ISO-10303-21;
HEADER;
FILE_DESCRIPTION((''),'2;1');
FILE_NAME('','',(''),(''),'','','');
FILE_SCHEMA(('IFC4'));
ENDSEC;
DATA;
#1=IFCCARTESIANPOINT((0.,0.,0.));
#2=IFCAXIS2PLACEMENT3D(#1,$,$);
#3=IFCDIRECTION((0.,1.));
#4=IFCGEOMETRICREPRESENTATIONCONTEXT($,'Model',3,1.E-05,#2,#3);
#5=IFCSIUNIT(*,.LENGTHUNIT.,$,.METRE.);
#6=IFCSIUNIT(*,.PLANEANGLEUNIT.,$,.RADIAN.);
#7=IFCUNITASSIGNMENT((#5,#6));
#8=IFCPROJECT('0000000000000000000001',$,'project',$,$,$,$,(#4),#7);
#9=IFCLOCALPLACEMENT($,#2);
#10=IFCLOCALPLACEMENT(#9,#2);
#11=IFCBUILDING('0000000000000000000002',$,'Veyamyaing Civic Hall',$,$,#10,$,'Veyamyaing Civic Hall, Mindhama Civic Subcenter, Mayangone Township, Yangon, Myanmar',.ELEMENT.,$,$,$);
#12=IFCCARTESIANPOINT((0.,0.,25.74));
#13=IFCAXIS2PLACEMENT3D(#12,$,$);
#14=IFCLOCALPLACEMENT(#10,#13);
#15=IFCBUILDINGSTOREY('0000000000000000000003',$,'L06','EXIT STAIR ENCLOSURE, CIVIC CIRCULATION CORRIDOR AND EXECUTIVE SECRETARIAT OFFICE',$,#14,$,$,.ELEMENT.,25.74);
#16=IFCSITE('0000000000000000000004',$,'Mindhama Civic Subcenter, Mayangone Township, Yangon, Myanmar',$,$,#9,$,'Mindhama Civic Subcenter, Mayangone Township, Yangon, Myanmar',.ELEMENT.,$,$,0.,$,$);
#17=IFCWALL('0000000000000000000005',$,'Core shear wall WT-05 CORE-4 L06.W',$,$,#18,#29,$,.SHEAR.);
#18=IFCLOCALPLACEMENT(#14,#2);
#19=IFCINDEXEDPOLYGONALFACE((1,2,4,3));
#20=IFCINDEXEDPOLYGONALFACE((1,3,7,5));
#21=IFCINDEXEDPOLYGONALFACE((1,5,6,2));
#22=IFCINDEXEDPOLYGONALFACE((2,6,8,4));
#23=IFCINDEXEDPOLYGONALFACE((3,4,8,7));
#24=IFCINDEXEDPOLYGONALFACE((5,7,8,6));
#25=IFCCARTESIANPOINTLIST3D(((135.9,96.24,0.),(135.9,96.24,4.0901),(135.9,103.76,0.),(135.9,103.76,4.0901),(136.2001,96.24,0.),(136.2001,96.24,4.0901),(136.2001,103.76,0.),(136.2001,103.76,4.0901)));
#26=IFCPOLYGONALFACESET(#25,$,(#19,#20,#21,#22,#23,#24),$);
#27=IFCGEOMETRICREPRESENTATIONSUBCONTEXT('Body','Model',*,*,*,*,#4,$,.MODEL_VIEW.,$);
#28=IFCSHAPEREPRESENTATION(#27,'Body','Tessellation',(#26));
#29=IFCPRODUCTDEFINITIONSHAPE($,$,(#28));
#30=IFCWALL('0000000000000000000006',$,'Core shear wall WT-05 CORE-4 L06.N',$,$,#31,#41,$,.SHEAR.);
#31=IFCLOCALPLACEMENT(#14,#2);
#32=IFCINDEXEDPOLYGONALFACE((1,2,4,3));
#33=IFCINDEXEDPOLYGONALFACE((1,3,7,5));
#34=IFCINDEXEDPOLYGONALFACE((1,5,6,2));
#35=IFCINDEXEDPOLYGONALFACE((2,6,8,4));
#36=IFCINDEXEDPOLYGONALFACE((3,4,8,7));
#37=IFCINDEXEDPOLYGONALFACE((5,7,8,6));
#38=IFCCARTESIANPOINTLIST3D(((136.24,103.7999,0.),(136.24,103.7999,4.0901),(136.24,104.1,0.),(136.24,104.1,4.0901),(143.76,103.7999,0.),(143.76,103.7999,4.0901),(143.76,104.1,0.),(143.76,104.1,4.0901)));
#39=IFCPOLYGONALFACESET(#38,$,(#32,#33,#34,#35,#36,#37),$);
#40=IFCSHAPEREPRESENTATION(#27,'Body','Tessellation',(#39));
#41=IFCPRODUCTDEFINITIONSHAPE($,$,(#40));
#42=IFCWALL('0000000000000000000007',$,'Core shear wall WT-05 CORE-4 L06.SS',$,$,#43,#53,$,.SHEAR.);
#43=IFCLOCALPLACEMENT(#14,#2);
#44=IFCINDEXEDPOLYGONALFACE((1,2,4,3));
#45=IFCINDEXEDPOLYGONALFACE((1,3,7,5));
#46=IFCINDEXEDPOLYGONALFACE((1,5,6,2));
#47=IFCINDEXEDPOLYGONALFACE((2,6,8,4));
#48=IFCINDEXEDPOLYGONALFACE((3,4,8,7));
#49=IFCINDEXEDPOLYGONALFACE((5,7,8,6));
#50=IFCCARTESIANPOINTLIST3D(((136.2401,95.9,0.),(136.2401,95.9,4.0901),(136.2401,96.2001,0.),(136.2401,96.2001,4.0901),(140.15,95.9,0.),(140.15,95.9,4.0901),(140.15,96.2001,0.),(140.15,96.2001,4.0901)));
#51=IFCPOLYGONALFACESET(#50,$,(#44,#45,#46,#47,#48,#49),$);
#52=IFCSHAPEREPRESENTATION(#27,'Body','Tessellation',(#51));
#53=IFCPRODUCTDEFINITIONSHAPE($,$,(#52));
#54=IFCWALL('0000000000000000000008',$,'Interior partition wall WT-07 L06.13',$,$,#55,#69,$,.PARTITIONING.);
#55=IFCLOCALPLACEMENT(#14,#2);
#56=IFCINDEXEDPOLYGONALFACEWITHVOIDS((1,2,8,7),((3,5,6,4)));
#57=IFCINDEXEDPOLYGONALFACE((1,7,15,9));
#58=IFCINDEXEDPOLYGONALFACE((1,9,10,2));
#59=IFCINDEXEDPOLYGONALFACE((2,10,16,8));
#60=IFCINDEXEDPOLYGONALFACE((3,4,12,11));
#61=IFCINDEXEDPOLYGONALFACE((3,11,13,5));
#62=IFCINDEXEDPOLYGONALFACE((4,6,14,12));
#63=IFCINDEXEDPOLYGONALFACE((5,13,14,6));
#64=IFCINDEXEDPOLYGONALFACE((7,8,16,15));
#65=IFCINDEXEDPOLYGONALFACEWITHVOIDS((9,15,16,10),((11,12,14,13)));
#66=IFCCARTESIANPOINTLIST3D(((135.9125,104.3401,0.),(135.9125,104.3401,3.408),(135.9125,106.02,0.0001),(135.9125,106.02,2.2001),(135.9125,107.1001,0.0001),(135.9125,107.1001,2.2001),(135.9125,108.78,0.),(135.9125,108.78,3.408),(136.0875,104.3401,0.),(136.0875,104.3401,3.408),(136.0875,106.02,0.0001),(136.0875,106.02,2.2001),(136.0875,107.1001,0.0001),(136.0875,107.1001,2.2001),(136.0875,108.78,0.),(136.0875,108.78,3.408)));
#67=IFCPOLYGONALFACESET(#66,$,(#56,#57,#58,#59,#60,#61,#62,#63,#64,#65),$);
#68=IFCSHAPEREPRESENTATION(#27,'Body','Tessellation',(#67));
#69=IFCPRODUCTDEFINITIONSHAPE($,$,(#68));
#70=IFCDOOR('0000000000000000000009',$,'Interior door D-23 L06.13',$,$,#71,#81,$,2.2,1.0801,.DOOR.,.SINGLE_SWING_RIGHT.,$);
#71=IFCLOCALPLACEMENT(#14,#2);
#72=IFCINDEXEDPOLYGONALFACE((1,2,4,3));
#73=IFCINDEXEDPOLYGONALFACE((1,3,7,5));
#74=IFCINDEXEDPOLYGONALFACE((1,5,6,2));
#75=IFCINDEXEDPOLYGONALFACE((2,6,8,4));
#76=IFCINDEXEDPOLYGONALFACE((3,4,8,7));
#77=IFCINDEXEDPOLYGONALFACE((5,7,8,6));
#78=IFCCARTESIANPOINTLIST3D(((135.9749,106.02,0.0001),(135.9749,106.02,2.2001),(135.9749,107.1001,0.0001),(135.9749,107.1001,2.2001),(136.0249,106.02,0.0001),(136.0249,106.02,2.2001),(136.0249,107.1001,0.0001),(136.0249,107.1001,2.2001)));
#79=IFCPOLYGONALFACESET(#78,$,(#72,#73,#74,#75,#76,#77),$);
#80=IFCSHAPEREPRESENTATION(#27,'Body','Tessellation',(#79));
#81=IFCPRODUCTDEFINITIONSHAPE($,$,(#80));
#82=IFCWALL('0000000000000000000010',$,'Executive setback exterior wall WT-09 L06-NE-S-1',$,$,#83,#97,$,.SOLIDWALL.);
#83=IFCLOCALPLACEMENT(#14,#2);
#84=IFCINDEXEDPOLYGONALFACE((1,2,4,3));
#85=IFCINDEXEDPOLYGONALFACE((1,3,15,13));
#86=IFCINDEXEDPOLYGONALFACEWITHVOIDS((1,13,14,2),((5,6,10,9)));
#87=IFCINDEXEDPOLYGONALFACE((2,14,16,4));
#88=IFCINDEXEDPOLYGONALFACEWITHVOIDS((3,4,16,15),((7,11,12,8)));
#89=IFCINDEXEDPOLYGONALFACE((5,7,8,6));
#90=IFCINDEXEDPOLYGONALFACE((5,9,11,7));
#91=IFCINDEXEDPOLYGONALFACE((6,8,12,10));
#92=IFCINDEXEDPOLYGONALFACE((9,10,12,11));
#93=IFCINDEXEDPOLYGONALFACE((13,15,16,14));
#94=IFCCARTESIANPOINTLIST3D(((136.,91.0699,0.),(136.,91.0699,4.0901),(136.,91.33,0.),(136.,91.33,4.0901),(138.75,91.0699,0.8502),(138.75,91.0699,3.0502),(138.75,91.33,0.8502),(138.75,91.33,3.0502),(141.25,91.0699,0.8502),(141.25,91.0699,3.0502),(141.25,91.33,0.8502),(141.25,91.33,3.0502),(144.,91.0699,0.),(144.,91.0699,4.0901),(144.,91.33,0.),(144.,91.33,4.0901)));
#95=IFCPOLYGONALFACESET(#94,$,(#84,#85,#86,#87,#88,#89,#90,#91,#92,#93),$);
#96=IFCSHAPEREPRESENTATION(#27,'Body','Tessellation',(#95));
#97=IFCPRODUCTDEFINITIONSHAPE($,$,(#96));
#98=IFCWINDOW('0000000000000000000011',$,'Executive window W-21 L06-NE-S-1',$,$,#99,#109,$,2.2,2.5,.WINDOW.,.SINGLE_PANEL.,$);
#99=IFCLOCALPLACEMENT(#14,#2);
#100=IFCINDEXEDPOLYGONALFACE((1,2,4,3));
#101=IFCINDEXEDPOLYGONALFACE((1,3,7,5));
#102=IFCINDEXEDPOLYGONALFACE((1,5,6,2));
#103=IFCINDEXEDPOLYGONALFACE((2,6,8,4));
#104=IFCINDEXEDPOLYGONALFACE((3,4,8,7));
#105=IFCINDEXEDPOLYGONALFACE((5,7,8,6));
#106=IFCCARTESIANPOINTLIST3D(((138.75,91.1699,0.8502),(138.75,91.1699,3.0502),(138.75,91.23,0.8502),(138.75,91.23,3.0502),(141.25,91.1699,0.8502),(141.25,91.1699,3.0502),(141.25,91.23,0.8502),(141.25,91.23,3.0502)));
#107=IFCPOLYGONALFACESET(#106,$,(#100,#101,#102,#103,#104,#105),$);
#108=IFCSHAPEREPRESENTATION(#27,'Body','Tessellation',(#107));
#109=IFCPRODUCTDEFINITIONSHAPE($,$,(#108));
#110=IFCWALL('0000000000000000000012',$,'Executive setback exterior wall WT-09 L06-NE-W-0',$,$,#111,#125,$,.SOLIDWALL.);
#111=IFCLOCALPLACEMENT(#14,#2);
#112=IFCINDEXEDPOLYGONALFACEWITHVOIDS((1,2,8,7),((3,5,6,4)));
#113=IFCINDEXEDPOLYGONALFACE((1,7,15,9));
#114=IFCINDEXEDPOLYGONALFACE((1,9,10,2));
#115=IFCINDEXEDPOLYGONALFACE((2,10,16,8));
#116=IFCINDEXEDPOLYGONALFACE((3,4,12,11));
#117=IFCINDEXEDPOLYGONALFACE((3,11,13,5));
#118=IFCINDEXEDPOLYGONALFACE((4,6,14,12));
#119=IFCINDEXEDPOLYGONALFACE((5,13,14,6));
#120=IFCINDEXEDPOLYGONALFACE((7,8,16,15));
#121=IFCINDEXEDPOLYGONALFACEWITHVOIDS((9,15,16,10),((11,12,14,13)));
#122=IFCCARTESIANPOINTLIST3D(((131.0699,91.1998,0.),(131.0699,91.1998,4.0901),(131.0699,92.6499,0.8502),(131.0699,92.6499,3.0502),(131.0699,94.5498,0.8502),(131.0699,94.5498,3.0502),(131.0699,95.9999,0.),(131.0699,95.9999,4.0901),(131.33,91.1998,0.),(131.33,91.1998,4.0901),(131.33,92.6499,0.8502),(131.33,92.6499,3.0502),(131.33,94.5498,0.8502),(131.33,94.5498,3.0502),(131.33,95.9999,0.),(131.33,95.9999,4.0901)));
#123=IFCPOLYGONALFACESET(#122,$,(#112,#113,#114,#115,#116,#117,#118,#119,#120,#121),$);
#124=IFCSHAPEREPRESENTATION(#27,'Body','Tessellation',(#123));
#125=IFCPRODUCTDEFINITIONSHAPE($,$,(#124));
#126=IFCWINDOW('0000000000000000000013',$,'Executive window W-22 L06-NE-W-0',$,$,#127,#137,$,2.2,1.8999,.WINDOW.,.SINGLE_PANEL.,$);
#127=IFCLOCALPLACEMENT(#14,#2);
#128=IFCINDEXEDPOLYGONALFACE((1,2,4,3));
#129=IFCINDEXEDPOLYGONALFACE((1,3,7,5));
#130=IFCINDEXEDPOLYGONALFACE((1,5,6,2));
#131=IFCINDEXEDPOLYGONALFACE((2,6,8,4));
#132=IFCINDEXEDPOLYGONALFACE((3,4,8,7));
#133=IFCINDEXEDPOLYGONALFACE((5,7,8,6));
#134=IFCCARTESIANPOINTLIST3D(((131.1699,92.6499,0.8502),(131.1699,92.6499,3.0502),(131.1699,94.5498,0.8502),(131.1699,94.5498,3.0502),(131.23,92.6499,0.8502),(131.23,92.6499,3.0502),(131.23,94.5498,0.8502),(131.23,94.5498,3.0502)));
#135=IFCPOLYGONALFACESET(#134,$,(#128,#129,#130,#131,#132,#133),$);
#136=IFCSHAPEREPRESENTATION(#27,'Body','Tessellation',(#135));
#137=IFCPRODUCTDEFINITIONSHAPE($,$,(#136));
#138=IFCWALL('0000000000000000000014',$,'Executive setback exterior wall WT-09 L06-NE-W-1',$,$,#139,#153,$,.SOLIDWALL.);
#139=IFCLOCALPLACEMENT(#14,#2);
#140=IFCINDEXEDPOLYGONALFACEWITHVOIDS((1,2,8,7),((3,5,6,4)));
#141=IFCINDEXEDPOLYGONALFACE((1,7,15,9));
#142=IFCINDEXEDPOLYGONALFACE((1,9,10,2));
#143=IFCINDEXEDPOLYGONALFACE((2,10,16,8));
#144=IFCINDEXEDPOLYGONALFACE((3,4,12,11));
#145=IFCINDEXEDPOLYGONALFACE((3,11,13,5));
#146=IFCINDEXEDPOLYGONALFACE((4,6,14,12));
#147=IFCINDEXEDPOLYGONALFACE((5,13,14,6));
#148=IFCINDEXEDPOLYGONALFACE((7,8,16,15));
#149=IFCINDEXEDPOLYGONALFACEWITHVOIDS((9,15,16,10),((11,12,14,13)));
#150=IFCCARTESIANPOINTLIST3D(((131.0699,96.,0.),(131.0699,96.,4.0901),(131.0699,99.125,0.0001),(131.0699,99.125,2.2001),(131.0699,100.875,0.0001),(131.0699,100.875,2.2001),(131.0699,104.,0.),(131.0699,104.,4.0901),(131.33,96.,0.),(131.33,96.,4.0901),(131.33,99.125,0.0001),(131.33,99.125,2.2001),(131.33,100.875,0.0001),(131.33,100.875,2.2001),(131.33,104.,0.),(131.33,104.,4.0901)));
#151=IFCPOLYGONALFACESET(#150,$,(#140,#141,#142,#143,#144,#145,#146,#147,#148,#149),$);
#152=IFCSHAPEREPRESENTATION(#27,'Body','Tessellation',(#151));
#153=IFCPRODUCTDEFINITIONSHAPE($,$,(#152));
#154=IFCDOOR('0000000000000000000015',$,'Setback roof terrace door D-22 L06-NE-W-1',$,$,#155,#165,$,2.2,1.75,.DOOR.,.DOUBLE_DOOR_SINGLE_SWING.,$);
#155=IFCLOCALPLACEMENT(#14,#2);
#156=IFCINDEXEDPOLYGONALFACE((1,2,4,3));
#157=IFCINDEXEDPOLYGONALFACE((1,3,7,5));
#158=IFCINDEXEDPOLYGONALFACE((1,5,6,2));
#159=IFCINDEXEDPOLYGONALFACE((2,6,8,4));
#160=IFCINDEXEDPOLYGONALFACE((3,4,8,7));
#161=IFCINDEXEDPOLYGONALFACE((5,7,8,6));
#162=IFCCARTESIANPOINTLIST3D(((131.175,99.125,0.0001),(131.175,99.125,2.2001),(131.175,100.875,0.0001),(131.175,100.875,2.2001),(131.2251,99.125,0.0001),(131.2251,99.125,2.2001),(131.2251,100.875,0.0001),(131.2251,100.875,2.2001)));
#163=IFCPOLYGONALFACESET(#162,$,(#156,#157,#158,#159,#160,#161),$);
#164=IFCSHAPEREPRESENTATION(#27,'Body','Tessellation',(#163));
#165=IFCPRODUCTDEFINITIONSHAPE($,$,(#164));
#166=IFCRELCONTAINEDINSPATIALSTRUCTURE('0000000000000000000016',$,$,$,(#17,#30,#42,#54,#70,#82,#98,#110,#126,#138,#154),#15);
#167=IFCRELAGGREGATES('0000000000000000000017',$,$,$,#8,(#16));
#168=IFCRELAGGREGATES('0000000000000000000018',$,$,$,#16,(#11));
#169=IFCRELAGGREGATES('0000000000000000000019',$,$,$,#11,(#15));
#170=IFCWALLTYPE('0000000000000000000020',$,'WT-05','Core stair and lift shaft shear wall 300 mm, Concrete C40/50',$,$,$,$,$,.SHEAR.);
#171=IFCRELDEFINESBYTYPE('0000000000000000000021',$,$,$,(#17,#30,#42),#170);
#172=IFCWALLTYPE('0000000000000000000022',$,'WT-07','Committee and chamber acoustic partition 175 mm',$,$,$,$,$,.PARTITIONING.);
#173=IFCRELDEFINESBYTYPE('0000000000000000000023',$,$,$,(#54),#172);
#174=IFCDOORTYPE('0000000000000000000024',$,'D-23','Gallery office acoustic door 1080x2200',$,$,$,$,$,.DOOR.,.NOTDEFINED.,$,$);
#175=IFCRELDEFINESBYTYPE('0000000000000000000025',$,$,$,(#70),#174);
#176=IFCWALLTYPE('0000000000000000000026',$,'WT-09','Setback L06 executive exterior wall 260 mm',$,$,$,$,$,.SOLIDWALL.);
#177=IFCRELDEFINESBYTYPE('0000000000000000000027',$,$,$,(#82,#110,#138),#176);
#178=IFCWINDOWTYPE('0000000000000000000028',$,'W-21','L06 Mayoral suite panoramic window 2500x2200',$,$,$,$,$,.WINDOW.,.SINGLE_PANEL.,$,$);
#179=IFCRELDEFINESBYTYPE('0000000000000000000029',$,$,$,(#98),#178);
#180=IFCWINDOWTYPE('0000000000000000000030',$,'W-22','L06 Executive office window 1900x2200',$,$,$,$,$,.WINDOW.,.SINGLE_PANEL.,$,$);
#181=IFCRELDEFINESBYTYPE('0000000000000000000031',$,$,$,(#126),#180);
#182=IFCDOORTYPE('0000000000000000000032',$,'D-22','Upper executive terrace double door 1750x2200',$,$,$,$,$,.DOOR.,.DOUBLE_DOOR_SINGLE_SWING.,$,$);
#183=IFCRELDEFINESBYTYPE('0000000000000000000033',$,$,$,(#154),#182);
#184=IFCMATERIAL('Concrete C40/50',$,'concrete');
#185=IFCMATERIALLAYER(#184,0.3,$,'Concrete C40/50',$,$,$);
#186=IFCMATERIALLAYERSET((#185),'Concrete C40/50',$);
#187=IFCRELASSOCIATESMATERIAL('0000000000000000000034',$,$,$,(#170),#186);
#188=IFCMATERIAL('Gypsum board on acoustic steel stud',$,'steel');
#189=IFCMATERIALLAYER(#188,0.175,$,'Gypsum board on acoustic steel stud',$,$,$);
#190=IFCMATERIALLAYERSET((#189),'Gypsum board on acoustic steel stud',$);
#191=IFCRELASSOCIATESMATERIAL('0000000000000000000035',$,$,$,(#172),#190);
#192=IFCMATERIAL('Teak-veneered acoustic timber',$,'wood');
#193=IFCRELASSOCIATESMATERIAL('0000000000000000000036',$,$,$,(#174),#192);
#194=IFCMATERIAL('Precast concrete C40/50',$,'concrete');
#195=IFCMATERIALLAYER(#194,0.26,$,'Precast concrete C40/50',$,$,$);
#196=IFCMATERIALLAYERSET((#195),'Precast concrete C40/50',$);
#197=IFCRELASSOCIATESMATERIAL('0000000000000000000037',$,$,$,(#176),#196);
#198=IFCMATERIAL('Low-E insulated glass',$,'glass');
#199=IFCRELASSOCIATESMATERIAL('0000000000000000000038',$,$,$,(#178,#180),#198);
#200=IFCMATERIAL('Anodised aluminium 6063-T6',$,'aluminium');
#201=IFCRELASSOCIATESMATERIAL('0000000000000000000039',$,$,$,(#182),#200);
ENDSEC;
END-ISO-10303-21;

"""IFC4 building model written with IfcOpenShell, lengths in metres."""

from ifc_helpers import new_model, si_unit, direction, frame, frame_2d, origin, place, context, subcontext, project, spatial, rectangle, extrude, material, layer, layer_set, type_object, element, fill, save


model = new_model("IFC4")

# Units and contexts
model_context = context("Model", 3, precision=1e-05, world=origin(), true_north=direction((0.0, 1.0)))
body_context = subcontext(model_context, "Body", "Model", "MODEL_VIEW")
ifc_project = project(units=[si_unit("LENGTHUNIT", "METRE"), si_unit("PLANEANGLEUNIT", "RADIAN")], contexts=[model_context])

# Site, building, storey
site_placement = place(None, origin())
site = spatial("IfcSite", under=ifc_project, at=site_placement, Name="Mindhama Civic Subcenter, Mayangone Township, Yangon, Myanmar", LongName="Mindhama Civic Subcenter, Mayangone Township, Yangon, Myanmar", CompositionType="ELEMENT", RefElevation=0.0)
building_placement = place(site_placement, origin())
building = spatial("IfcBuilding", under=site, at=building_placement, Name="Veyamyaing Civic Hall", LongName="Veyamyaing Civic Hall, Mindhama Civic Subcenter, Mayangone Township, Yangon, Myanmar", CompositionType="ELEMENT")
storey_placement = place(building_placement, frame((0.0, 0.0, 25.74)))
storey = spatial("IfcBuildingStorey", under=building, at=storey_placement, Name="L06", Description="EXIT STAIR ENCLOSURE, CIVIC CIRCULATION CORRIDOR AND EXECUTIVE SECRETARIAT OFFICE", CompositionType="ELEMENT", Elevation=25.74)

# Walls
ifc_material_1 = material(Name="Concrete C40/50", Category="concrete")
ifc_layer_1 = layer(ifc_material_1, 0.3, Name="Concrete C40/50")
ifc_layer_set_1 = layer_set([ifc_layer_1], Name="Concrete C40/50")
wall_type_1 = type_object("IfcWallType", Name="WT-05", Description="Core stair and lift shaft shear wall 300 mm, Concrete C40/50", PredefinedType="SHEAR", material=ifc_layer_set_1)
for number, where, z_axis, x_axis, name in (
    (1, (136.05, 96.24, 0.0), (0.0, 0.0, 1.0), (0.0, 1.0, 0.0), "Core shear wall WT-05 CORE-4 L06.W"),
    (2, (136.24, 103.95, 0.0), (0.0, 0.0, 1.0), (1.0, 0.0, 0.0), "Core shear wall WT-05 CORE-4 L06.N"),
):
    element("IfcWall", number, at=place(storey_placement, frame(where, z_axis=z_axis, x_axis=x_axis)), inside=storey, type_object=wall_type_1, Name=name, PredefinedType="SHEAR", context=body_context, shape_type="SweptSolid", body=[
        extrude(rectangle(XDim=7.52, YDim=0.3, at=frame_2d((3.76, 0.0))), origin(), (0.0, 0.0, 1.0), 4.0901),
    ])
wall_1_placement = place(storey_placement, frame((136.24, 96.05, 0.0), z_axis=(0.0, 0.0, 1.0), x_axis=(1.0, 0.0, 0.0)))
element("IfcWall", 3, at=wall_1_placement, inside=storey, type_object=wall_type_1, Name="Core shear wall WT-05 CORE-4 L06.SS", PredefinedType="SHEAR", context=body_context, shape_type="SweptSolid", body=[
    extrude(rectangle(XDim=3.9099, YDim=0.3, at=frame_2d((1.9551, 0.0))), origin(), (0.0, 0.0, 1.0), 4.0901),
])

# Wall, opening, door
ifc_material_2 = material(Name="Gypsum board on acoustic steel stud", Category="steel")
ifc_layer_2 = layer(ifc_material_2, 0.175, Name="Gypsum board on acoustic steel stud")
ifc_layer_set_2 = layer_set([ifc_layer_2], Name="Gypsum board on acoustic steel stud")
wall_type_2 = type_object("IfcWallType", Name="WT-07", Description="Committee and chamber acoustic partition 175 mm", PredefinedType="PARTITIONING", material=ifc_layer_set_2)
wall_2_placement = place(storey_placement, frame((136.0, 104.3401, 0.0), z_axis=(0.0, 0.0, 1.0), x_axis=(0.0, 1.0, 0.0)))
wall_2 = element("IfcWall", 4, at=wall_2_placement, inside=storey, type_object=wall_type_2, Name="Interior partition wall WT-07 L06.13", PredefinedType="PARTITIONING", context=body_context, shape_type="SweptSolid", body=[
    extrude(rectangle(XDim=4.4399, YDim=0.175, at=frame_2d((2.22, 0.0))), origin(), (0.0, 0.0, 1.0), 3.408),
])
opening_1_placement = place(wall_2_placement, frame((1.6799, 0.0, 0.0)))
opening_1 = element("IfcOpeningElement", 5, at=opening_1_placement, cuts=wall_2, PredefinedType="OPENING", context=body_context, shape_type="SweptSolid", body=[
    extrude(rectangle(XDim=1.0801, YDim=2.2, at=frame_2d((0.54, 1.1001))), frame((0.0, 0.0974, 0.0), z_axis=(0.0, -1.0, 0.0), x_axis=(1.0, 0.0, 0.0)), (0.0, 0.0, 1.0), 0.1951),
])
ifc_material_3 = material(Name="Teak-veneered acoustic timber", Category="wood")
door_type_1 = type_object("IfcDoorType", Name="D-23", Description="Gallery office acoustic door 1080x2200", OperationType="NOTDEFINED", PredefinedType="DOOR", material=ifc_material_3)
door_1_placement = place(opening_1_placement, frame((1.0801, 0.0, 0.0), z_axis=(0.0, 0.0, 1.0), x_axis=(-1.0, 0.0, 0.0)))
door_1 = element("IfcDoor", 6, at=door_1_placement, inside=storey, type_object=door_type_1, Name="Interior door D-23 L06.13", OperationType="SINGLE_SWING_RIGHT", OverallHeight=2.2, OverallWidth=1.0801, PredefinedType="DOOR", context=body_context, shape_type="SweptSolid", body=[
    extrude(rectangle(XDim=1.0801, YDim=2.2, at=frame_2d((0.54, 1.1001))), frame((0.0, 0.0249, 0.0), z_axis=(0.0, -1.0, 0.0), x_axis=(1.0, 0.0, 0.0)), (0.0, 0.0, 1.0), 0.05),
])
fill(opening_1, door_1)

# Walls, openings, windows
ifc_material_4 = material(Name="Precast concrete C40/50", Category="concrete")
ifc_layer_3 = layer(ifc_material_4, 0.26, Name="Precast concrete C40/50")
ifc_layer_set_3 = layer_set([ifc_layer_3], Name="Precast concrete C40/50")
wall_type_3 = type_object("IfcWallType", Name="WT-09", Description="Setback L06 executive exterior wall 260 mm", PredefinedType="SOLIDWALL", material=ifc_layer_set_3)
wall_3_placement = place(storey_placement, frame((136.0, 91.2, 0.0), z_axis=(0.0, 0.0, 1.0), x_axis=(1.0, 0.0, 0.0)))
wall_3 = element("IfcWall", 7, at=wall_3_placement, inside=storey, type_object=wall_type_3, Name="Executive setback exterior wall WT-09 L06-NE-S-1", PredefinedType="SOLIDWALL", context=body_context, shape_type="SweptSolid", body=[
    extrude(rectangle(XDim=8.0, YDim=0.26, at=frame_2d((4.0, 0.0))), origin(), (0.0, 0.0, 1.0), 4.0901),
])
opening_2_placement = place(wall_3_placement, frame((2.75, 0.0, 0.8501)))
opening_2 = element("IfcOpeningElement", 8, at=opening_2_placement, cuts=wall_3, PredefinedType="OPENING", context=body_context, shape_type="SweptSolid", body=[
    extrude(rectangle(XDim=2.5, YDim=2.2, at=frame_2d((1.25, 1.1001))), frame((0.0, 0.1399, 0.0), z_axis=(0.0, -1.0, 0.0), x_axis=(1.0, 0.0, 0.0)), (0.0, 0.0, 1.0), 0.28),
])
ifc_material_5 = material(Name="Low-E insulated glass", Category="glass")
window_type_1 = type_object("IfcWindowType", Name="W-21", Description="L06 Mayoral suite panoramic window 2500x2200", PartitioningType="SINGLE_PANEL", PredefinedType="WINDOW", material=ifc_material_5)
window_1_placement = place(opening_2_placement, origin())
window_1 = element("IfcWindow", 9, at=window_1_placement, inside=storey, type_object=window_type_1, Name="Executive window W-21 L06-NE-S-1", OverallHeight=2.2, OverallWidth=2.5, PartitioningType="SINGLE_PANEL", PredefinedType="WINDOW", context=body_context, shape_type="SweptSolid", body=[
    extrude(rectangle(XDim=2.5, YDim=2.2, at=frame_2d((1.25, 1.1001))), frame((0.0, 0.03, 0.0), z_axis=(0.0, -1.0, 0.0), x_axis=(1.0, 0.0, 0.0)), (0.0, 0.0, 1.0), 0.0601),
])
fill(opening_2, window_1)
wall_4_placement = place(storey_placement, frame((131.2, 91.2, 0.0), z_axis=(0.0, 0.0, 1.0), x_axis=(0.0, 1.0, 0.0)))
wall_4 = element("IfcWall", 10, at=wall_4_placement, inside=storey, type_object=wall_type_3, Name="Executive setback exterior wall WT-09 L06-NE-W-0", PredefinedType="SOLIDWALL", context=body_context, shape_type="SweptSolid", body=[
    extrude(rectangle(XDim=4.8, YDim=0.26, at=frame_2d((2.3999, 0.0))), origin(), (0.0, 0.0, 1.0), 4.0901),
])
opening_3_placement = place(wall_4_placement, frame((1.45, 0.0, 0.8501)))
opening_3 = element("IfcOpeningElement", 11, at=opening_3_placement, cuts=wall_4, PredefinedType="OPENING", context=body_context, shape_type="SweptSolid", body=[
    extrude(rectangle(XDim=1.8999, YDim=2.2, at=frame_2d((0.95, 1.1001))), frame((0.0, 0.1399, 0.0), z_axis=(0.0, -1.0, 0.0), x_axis=(1.0, 0.0, 0.0)), (0.0, 0.0, 1.0), 0.28),
])
window_type_2 = type_object("IfcWindowType", Name="W-22", Description="L06 Executive office window 1900x2200", PartitioningType="SINGLE_PANEL", PredefinedType="WINDOW", material=ifc_material_5)
window_2_placement = place(opening_3_placement, origin())
window_2 = element("IfcWindow", 12, at=window_2_placement, inside=storey, type_object=window_type_2, Name="Executive window W-22 L06-NE-W-0", OverallHeight=2.2, OverallWidth=1.8999, PartitioningType="SINGLE_PANEL", PredefinedType="WINDOW", context=body_context, shape_type="SweptSolid", body=[
    extrude(rectangle(XDim=1.8999, YDim=2.2, at=frame_2d((0.95, 1.1001))), frame((0.0, 0.03, 0.0), z_axis=(0.0, -1.0, 0.0), x_axis=(1.0, 0.0, 0.0)), (0.0, 0.0, 1.0), 0.0601),
])
fill(opening_3, window_2)

# Wall, opening, door
wall_5_placement = place(storey_placement, frame((131.2, 96.0, 0.0), z_axis=(0.0, 0.0, 1.0), x_axis=(0.0, 1.0, 0.0)))
wall_5 = element("IfcWall", 13, at=wall_5_placement, inside=storey, type_object=wall_type_3, Name="Executive setback exterior wall WT-09 L06-NE-W-1", PredefinedType="SOLIDWALL", context=body_context, shape_type="SweptSolid", body=[
    extrude(rectangle(XDim=8.0, YDim=0.26, at=frame_2d((4.0, 0.0))), origin(), (0.0, 0.0, 1.0), 4.0901),
])
opening_4_placement = place(wall_5_placement, frame((3.125, 0.0, 0.0)))
opening_4 = element("IfcOpeningElement", 14, at=opening_4_placement, cuts=wall_5, PredefinedType="OPENING", context=body_context, shape_type="SweptSolid", body=[
    extrude(rectangle(XDim=1.75, YDim=2.2, at=frame_2d((0.875, 1.1001))), frame((0.0, 0.1399, 0.0), z_axis=(0.0, -1.0, 0.0), x_axis=(1.0, 0.0, 0.0)), (0.0, 0.0, 1.0), 0.28),
])
ifc_material_6 = material(Name="Anodised aluminium 6063-T6", Category="aluminium")
door_type_2 = type_object("IfcDoorType", Name="D-22", Description="Upper executive terrace double door 1750x2200", OperationType="DOUBLE_DOOR_SINGLE_SWING", PredefinedType="DOOR", material=ifc_material_6)
door_2_placement = place(opening_4_placement, origin())
door_2 = element("IfcDoor", 15, at=door_2_placement, inside=storey, type_object=door_type_2, Name="Setback roof terrace door D-22 L06-NE-W-1", OperationType="DOUBLE_DOOR_SINGLE_SWING", OverallHeight=2.2, OverallWidth=1.75, PredefinedType="DOOR", context=body_context, shape_type="SweptSolid", body=[
    extrude(rectangle(XDim=1.75, YDim=2.2, at=frame_2d((0.875, 1.1001))), frame((0.0, 0.0249, 0.0), z_axis=(0.0, -1.0, 0.0), x_axis=(1.0, 0.0, 0.0)), (0.0, 0.0, 1.0), 0.05),
])
fill(opening_4, door_2)

save(model, "model.ifc")
